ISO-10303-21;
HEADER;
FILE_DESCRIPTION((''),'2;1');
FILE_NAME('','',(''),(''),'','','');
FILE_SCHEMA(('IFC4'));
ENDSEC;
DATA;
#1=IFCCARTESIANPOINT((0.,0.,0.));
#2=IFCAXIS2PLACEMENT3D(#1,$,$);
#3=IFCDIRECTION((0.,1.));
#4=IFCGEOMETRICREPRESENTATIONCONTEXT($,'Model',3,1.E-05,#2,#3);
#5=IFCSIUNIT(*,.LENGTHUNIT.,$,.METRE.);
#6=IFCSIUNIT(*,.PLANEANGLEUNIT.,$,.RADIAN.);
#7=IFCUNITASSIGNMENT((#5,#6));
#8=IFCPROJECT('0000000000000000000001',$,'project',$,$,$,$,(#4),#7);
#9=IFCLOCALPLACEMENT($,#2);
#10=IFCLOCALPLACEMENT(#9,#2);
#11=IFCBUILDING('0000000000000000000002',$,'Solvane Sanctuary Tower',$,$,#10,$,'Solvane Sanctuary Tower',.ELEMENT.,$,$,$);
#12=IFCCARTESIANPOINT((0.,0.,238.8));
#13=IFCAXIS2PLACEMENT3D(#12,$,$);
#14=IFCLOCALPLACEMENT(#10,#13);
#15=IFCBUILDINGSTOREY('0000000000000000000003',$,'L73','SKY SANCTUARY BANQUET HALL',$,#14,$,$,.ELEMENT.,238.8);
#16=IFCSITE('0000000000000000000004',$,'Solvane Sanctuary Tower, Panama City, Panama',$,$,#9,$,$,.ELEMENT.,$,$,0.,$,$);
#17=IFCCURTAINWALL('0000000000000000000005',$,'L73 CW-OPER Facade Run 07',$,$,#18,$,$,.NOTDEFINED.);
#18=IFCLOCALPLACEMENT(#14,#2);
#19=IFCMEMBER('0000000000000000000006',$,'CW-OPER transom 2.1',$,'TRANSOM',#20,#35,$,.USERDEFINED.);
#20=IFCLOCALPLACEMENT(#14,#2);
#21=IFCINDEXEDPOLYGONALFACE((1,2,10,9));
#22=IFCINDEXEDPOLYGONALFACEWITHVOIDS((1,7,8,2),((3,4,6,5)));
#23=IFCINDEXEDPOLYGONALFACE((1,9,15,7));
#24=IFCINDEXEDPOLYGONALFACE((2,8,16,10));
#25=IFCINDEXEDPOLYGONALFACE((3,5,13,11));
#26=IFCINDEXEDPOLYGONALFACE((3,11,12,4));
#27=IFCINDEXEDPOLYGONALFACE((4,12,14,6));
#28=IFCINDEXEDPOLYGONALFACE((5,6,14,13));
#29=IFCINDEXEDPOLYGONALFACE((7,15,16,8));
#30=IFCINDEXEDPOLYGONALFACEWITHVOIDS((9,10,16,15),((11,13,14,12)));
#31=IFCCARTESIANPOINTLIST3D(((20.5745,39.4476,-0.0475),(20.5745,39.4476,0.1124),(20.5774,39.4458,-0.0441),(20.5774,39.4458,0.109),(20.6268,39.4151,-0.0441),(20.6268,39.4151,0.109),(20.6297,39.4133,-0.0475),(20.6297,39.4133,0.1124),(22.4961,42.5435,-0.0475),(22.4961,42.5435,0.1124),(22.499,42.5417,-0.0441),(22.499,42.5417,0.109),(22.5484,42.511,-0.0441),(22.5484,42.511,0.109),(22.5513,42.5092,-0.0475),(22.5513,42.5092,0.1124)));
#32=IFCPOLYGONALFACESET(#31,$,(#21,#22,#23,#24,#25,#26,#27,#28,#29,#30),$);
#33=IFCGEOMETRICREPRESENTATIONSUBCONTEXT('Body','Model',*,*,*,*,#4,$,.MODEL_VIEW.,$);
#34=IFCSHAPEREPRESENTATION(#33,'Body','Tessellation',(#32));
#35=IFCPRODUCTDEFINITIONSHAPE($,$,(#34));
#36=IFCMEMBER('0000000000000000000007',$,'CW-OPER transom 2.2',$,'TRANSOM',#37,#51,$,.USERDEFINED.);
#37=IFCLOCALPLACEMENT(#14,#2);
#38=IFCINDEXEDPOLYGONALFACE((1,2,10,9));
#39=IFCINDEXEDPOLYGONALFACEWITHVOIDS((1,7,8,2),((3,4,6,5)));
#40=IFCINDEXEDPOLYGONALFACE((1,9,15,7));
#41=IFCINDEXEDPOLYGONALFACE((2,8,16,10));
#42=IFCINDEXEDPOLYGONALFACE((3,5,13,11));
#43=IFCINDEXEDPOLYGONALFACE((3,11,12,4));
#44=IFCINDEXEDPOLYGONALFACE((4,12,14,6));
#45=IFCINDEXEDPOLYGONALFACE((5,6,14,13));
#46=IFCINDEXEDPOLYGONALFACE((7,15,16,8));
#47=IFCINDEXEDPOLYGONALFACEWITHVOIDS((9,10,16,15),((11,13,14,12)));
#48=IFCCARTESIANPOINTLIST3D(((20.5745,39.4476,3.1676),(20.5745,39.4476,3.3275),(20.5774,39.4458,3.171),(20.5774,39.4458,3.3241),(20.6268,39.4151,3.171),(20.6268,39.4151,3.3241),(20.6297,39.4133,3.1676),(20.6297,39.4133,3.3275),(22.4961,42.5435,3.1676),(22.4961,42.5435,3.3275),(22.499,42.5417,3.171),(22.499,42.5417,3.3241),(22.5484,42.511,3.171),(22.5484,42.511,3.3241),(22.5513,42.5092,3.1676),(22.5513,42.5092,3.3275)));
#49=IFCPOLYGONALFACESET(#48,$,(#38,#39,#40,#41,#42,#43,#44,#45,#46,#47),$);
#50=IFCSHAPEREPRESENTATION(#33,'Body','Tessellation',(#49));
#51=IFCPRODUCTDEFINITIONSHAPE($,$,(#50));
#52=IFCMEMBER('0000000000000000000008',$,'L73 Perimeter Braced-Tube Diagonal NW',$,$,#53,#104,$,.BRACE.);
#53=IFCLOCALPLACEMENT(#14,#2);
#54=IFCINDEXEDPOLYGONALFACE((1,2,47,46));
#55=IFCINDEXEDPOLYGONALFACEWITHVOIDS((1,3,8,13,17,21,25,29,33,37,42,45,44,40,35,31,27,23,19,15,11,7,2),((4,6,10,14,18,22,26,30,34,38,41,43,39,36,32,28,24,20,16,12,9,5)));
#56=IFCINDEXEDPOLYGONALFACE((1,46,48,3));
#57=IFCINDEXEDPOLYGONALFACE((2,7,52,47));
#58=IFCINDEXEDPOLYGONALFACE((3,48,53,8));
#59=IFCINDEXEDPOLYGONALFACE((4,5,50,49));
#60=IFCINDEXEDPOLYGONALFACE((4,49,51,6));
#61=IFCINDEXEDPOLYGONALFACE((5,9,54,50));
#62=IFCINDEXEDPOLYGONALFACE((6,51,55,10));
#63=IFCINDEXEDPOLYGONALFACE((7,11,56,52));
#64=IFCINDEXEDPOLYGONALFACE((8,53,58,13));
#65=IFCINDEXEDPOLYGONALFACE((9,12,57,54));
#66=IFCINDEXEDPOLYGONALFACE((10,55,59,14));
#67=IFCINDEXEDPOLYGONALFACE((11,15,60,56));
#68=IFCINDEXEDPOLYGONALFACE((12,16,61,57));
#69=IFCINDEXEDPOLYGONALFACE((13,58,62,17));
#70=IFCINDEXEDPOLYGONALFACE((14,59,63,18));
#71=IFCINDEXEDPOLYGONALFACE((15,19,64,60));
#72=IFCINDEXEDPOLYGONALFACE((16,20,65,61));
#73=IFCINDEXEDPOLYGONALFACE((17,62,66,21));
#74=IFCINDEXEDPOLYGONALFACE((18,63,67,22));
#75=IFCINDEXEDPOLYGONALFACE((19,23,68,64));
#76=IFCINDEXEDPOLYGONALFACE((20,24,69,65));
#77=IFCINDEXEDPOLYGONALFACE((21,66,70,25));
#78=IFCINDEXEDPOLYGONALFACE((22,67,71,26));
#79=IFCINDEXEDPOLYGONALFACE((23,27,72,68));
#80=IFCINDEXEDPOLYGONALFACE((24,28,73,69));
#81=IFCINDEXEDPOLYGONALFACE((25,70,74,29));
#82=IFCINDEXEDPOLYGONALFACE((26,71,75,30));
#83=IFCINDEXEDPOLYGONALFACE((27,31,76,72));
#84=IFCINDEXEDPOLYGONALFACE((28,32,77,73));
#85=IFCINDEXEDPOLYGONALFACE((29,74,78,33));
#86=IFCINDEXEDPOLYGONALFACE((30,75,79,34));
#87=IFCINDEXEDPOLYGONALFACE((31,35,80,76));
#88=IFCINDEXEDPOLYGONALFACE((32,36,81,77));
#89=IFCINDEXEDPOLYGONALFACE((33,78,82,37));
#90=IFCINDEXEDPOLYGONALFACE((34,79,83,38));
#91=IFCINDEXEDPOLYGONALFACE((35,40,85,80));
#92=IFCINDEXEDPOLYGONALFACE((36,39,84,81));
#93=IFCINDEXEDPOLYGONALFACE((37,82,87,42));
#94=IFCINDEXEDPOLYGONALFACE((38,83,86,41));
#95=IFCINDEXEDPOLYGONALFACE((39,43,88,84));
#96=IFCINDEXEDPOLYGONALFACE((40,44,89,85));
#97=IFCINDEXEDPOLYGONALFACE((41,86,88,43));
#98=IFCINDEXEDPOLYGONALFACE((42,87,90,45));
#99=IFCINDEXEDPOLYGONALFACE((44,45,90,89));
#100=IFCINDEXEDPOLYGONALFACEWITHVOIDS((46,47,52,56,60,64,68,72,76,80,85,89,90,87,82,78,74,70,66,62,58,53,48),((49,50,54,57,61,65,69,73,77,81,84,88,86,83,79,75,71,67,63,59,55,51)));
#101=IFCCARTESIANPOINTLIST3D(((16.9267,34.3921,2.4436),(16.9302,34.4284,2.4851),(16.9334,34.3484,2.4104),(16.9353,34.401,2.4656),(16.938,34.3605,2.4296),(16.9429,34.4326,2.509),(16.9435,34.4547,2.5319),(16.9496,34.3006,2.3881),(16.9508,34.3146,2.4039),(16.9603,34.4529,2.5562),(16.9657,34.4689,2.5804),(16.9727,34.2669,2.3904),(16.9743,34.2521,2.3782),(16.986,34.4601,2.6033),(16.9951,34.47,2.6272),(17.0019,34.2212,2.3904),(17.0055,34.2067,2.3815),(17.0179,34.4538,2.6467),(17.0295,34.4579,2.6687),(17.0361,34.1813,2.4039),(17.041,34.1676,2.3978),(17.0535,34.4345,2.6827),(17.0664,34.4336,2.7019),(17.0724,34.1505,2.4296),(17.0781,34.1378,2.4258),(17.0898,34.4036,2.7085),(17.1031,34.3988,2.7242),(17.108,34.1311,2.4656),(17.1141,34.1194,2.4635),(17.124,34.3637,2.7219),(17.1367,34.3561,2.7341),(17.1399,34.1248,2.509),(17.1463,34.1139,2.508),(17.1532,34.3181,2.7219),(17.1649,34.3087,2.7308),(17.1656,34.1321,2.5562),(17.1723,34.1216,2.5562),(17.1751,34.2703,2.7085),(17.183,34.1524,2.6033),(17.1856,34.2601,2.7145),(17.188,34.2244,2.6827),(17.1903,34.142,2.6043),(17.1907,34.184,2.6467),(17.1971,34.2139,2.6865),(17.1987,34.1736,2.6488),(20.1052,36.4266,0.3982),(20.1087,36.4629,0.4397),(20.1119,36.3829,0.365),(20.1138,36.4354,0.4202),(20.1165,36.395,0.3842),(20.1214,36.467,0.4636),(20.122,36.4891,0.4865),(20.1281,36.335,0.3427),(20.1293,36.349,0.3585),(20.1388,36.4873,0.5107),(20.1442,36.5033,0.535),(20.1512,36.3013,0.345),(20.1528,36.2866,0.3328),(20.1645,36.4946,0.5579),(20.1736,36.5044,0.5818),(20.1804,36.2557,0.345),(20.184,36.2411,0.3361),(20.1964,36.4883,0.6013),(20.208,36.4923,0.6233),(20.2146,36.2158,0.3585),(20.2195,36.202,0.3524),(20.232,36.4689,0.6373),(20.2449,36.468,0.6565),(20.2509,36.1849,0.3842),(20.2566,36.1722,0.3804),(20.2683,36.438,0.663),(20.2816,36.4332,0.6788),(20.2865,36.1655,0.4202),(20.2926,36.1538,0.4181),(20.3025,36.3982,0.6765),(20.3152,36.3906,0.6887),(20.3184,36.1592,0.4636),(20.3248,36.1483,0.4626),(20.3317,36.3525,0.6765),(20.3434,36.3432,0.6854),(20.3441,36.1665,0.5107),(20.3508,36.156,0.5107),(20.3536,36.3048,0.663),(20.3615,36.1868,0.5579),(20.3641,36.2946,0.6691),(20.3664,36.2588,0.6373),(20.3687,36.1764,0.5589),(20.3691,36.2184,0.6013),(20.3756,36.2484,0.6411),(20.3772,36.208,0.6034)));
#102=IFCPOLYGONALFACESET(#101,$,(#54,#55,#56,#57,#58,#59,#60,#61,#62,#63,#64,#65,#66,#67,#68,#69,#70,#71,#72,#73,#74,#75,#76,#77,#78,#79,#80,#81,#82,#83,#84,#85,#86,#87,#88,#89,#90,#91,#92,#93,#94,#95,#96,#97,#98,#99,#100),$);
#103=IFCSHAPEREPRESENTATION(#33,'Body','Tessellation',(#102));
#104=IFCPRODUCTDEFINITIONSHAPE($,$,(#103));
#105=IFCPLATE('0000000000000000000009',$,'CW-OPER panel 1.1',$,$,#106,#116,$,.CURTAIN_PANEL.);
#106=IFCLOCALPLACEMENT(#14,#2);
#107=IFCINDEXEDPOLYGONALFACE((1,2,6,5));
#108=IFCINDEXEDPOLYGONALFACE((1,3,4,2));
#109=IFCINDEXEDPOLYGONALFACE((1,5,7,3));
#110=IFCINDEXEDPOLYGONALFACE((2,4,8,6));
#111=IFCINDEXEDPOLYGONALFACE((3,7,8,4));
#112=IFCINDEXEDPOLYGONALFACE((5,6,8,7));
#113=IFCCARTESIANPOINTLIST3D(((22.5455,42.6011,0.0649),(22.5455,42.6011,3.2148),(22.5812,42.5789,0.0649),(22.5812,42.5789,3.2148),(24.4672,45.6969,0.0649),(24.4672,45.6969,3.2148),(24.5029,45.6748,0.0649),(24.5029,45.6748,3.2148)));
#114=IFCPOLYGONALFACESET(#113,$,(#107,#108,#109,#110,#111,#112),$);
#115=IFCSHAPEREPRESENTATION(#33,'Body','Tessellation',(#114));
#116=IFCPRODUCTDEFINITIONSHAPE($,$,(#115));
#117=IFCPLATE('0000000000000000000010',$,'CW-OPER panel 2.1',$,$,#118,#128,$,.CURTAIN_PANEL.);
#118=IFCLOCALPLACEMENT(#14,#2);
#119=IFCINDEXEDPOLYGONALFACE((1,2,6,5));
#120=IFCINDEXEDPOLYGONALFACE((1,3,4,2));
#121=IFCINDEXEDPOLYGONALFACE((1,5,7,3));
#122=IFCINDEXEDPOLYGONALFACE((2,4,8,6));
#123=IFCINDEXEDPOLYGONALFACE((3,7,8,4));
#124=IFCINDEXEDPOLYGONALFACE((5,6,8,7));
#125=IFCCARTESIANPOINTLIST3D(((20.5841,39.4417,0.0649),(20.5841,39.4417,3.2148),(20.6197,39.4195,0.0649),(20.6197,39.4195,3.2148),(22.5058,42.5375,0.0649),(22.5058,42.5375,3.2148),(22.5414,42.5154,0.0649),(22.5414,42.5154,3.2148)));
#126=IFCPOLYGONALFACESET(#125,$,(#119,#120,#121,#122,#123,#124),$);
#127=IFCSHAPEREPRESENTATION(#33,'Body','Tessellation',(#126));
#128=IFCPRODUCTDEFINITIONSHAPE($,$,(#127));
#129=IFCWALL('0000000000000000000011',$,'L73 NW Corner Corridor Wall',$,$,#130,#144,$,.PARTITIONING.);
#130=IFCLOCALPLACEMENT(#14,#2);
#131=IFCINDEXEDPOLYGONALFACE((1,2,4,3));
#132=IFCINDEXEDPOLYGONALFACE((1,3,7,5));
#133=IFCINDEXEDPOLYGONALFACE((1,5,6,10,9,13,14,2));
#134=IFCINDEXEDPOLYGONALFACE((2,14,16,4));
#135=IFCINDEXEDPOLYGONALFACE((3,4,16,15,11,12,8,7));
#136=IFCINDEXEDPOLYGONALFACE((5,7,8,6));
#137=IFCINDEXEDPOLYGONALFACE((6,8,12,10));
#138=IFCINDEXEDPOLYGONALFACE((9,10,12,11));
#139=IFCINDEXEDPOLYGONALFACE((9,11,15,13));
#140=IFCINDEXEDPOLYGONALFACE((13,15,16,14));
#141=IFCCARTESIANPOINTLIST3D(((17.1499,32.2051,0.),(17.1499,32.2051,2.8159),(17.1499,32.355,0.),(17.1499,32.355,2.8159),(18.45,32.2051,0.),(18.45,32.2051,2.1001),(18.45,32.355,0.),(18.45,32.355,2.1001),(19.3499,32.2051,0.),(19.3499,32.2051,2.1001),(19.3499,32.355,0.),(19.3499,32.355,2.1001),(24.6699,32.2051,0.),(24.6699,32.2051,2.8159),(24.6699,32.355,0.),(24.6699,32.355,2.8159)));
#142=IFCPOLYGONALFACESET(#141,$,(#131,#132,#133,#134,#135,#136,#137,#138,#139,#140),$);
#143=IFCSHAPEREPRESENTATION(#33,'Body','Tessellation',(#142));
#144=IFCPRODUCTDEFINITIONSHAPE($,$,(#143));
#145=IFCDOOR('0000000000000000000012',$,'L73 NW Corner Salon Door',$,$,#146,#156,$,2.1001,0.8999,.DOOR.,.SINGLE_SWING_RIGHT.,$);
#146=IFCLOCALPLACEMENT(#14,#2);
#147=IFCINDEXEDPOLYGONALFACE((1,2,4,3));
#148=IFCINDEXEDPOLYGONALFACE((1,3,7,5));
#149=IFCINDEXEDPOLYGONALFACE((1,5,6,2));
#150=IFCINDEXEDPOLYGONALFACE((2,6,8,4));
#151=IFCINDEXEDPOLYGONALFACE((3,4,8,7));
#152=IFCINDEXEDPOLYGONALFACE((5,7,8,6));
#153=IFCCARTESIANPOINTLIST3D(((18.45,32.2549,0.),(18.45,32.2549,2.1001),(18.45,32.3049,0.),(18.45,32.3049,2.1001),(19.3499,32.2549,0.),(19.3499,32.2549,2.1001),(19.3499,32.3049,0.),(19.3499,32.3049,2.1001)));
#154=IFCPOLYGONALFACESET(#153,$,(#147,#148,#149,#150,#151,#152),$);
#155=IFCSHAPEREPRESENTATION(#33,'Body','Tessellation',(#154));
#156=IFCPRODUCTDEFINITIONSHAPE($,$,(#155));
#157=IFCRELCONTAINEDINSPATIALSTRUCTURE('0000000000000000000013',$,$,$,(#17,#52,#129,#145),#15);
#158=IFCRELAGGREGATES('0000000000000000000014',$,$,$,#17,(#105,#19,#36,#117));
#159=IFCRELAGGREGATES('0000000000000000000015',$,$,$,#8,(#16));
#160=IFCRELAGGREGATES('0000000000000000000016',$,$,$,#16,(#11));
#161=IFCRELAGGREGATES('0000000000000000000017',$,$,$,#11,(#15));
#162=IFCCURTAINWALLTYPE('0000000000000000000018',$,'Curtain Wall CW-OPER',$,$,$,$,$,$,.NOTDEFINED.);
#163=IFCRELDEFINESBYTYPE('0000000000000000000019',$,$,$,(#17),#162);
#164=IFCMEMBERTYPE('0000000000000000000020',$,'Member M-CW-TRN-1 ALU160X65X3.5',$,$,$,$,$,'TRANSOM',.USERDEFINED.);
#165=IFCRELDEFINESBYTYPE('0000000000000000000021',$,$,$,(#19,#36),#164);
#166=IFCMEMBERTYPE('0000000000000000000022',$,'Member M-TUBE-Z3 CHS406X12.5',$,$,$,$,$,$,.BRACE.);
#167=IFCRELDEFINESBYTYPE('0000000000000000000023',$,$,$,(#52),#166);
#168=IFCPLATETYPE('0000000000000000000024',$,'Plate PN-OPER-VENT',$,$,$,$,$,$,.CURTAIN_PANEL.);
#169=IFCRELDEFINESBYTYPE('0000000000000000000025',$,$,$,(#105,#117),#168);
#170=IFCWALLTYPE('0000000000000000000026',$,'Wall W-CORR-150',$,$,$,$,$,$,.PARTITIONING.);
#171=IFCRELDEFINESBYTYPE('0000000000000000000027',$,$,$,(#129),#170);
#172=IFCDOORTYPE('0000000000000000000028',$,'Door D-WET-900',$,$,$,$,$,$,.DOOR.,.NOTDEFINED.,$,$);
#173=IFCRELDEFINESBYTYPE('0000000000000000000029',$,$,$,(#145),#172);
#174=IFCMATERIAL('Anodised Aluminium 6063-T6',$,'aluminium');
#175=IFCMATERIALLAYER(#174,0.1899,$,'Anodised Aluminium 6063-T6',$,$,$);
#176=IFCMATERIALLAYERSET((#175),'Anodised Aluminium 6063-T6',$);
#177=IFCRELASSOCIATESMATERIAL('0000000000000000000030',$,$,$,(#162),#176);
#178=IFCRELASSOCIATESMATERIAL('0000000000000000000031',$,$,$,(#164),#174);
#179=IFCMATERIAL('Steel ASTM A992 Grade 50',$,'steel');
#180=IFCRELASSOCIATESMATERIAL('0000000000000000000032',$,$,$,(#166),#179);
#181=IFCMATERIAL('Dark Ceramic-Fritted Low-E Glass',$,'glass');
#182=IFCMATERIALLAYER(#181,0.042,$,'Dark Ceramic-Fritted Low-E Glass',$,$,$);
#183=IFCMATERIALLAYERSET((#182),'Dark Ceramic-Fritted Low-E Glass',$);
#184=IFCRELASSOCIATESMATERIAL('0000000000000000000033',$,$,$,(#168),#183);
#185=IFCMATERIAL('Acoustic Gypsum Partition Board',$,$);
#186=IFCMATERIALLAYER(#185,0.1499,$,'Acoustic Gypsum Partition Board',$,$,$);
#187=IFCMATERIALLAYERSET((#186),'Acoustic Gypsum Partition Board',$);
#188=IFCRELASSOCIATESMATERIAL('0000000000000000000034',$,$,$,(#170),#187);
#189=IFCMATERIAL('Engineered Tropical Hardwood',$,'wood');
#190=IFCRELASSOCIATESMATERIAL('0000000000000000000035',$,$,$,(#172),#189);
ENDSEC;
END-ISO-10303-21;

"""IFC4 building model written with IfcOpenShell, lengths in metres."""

from ifc_helpers import new_model, si_unit, direction, frame, frame_2d, origin, origin_2d, place, context, subcontext, project, spatial, rectangle, hollow_rectangle, hollow_circle, extrude, material, layer, layer_set, material_profile, profile_set, type_object, element, fill, aggregate, save


model = new_model("IFC4")

# Units and contexts
model_context = context("Model", 3, precision=1e-05, world=origin(), true_north=direction((0.0, 1.0)))
body_context = subcontext(model_context, "Body", "Model", "MODEL_VIEW")
ifc_project = project(units=[si_unit("LENGTHUNIT", "METRE"), si_unit("PLANEANGLEUNIT", "RADIAN")], contexts=[model_context])

# Site, building, storey
site_placement = place(None, origin())
site = spatial("IfcSite", under=ifc_project, at=site_placement, Name="Solvane Sanctuary Tower, Panama City, Panama", CompositionType="ELEMENT", RefElevation=0.0)
building_placement = place(site_placement, origin())
building = spatial("IfcBuilding", under=site, at=building_placement, Name="Solvane Sanctuary Tower", LongName="Solvane Sanctuary Tower", CompositionType="ELEMENT")
storey_placement = place(building_placement, frame((0.0, 0.0, 238.8)))
storey = spatial("IfcBuildingStorey", under=building, at=storey_placement, Name="L73", Description="SKY SANCTUARY BANQUET HALL", CompositionType="ELEMENT", Elevation=238.8)

# Shared definitions
ifc_material_1 = material(Name="Steel ASTM A992 Grade 50", Category="steel")

# Curtain wall, members
ifc_material_2 = material(Name="Anodised Aluminium 6063-T6", Category="aluminium")
ifc_layer_1 = layer(ifc_material_2, 0.1899, Name="Anodised Aluminium 6063-T6")
ifc_layer_set_1 = layer_set([ifc_layer_1], Name="Anodised Aluminium 6063-T6")
curtain_wall_type = type_object("IfcCurtainWallType", Name="Curtain Wall CW-OPER", PredefinedType="NOTDEFINED", material=ifc_layer_set_1)
curtain_wall_placement = place(storey_placement, origin())
curtain_wall = element("IfcCurtainWall", 1, at=curtain_wall_placement, inside=storey, type_object=curtain_wall_type, Name="L73 CW-OPER Facade Run 07", PredefinedType="NOTDEFINED")
ifc_material_profile_1 = material_profile(ifc_material_2, hollow_rectangle(XDim=0.0649, YDim=0.1599, WallThickness=0.0034, at=origin_2d()), Name="ALU160X65X3.5")
ifc_profile_set_1 = profile_set([ifc_material_profile_1], Name="Anodised Aluminium 6063-T6")
member_type_1 = type_object("IfcMemberType", Name="Member M-CW-TRN-1 ALU160X65X3.5", ElementType="TRANSOM", PredefinedType="USERDEFINED", material=ifc_profile_set_1)
member_1_placement = place(storey_placement, frame((22.5237, 42.5264, 0.0325), z_axis=(-0.527365, -0.849639, 0.0), x_axis=(0.849639, -0.527365, 0.0)))
member_1 = element("IfcMember", 2, at=member_1_placement, type_object=member_type_1, Name="CW-OPER transom 2.1", ObjectType="TRANSOM", PredefinedType="USERDEFINED", context=body_context, shape_type="SweptSolid", body=[
    extrude(hollow_rectangle(XDim=0.0649, YDim=0.1599, WallThickness=0.0034, at=origin_2d()), origin(), (0.0, 0.0, 1.0), 3.6438),
])
member_2_placement = place(storey_placement, frame((22.5237, 42.5264, 3.2476), z_axis=(-0.527365, -0.849639, 0.0), x_axis=(0.849639, -0.527365, 0.0)))
member_2 = element("IfcMember", 3, at=member_2_placement, type_object=member_type_1, Name="CW-OPER transom 2.2", ObjectType="TRANSOM", PredefinedType="USERDEFINED", context=body_context, shape_type="SweptSolid", body=[
    extrude(hollow_rectangle(XDim=0.0649, YDim=0.1599, WallThickness=0.0034, at=origin_2d()), origin(), (0.0, 0.0, 1.0), 3.6438),
])

# Member
ifc_material_profile_2 = material_profile(ifc_material_1, hollow_circle(Radius=0.2029, WallThickness=0.0125, at=origin_2d()), Name="CHS406X12.5")
ifc_profile_set_2 = profile_set([ifc_material_profile_2], Name="Steel ASTM A992 Grade 50")
member_type_2 = type_object("IfcMemberType", Name="Member M-TUBE-Z3 CHS406X12.5", PredefinedType="BRACE", material=ifc_profile_set_2)
member_3_placement = place(storey_placement, frame((20.2415, 36.3269, 0.5107), z_axis=(-0.740476, -0.473953, 0.476512), x_axis=(0.539092, -0.842247, 0.0)))
element("IfcMember", 4, at=member_3_placement, inside=storey, type_object=member_type_2, Name="L73 Perimeter Braced-Tube Diagonal NW", PredefinedType="BRACE", context=body_context, shape_type="SweptSolid", body=[
    extrude(hollow_circle(Radius=0.2029, WallThickness=0.0125, at=origin_2d()), origin(), (0.0, 0.0, 1.0), 4.2925),
])

# Plates
ifc_material_3 = material(Name="Dark Ceramic-Fritted Low-E Glass", Category="glass")
ifc_layer_2 = layer(ifc_material_3, 0.042, Name="Dark Ceramic-Fritted Low-E Glass")
ifc_layer_set_2 = layer_set([ifc_layer_2], Name="Dark Ceramic-Fritted Low-E Glass")
plate_type = type_object("IfcPlateType", Name="Plate PN-OPER-VENT", PredefinedType="CURTAIN_PANEL", material=ifc_layer_set_2)
plate_1_placement = place(storey_placement, frame((23.5242, 44.1379, 0.0649), z_axis=(0.0, 0.0, 1.0), x_axis=(-0.527392, -0.849622, 0.0)))
plate_1 = element("IfcPlate", 5, at=plate_1_placement, type_object=plate_type, Name="CW-OPER panel 1.1", PredefinedType="CURTAIN_PANEL", context=body_context, shape_type="SweptSolid", body=[
    extrude(rectangle(XDim=3.6438, YDim=0.042, at=origin_2d()), origin(), (0.0, 0.0, 1.0), 3.1499),
])
plate_2_placement = place(storey_placement, frame((21.5627, 40.9785, 0.0649), z_axis=(0.0, 0.0, 1.0), x_axis=(-0.527392, -0.849622, 0.0)))
plate_2 = element("IfcPlate", 6, at=plate_2_placement, type_object=plate_type, Name="CW-OPER panel 2.1", PredefinedType="CURTAIN_PANEL", context=body_context, shape_type="SweptSolid", body=[
    extrude(rectangle(XDim=3.6438, YDim=0.042, at=origin_2d()), origin(), (0.0, 0.0, 1.0), 3.1499),
])
aggregate(curtain_wall, [plate_1, member_1, member_2, plate_2])

# Wall, opening, door
ifc_material_4 = material(Name="Acoustic Gypsum Partition Board")
ifc_layer_3 = layer(ifc_material_4, 0.1499, Name="Acoustic Gypsum Partition Board")
ifc_layer_set_3 = layer_set([ifc_layer_3], Name="Acoustic Gypsum Partition Board")
wall_type_1 = type_object("IfcWallType", Name="Wall W-CORR-150", PredefinedType="PARTITIONING", material=ifc_layer_set_3)
wall_1_placement = place(storey_placement, frame((17.1499, 32.28, 0.0), z_axis=(0.0, 0.0, 1.0), x_axis=(1.0, 0.0, 0.0)))
wall_1 = element("IfcWall", 7, at=wall_1_placement, inside=storey, type_object=wall_type_1, Name="L73 NW Corner Corridor Wall", PredefinedType="PARTITIONING", context=body_context, shape_type="SweptSolid", body=[
    extrude(rectangle(XDim=7.52, YDim=0.1499, at=frame_2d((3.76, 0.0))), origin(), (0.0, 0.0, 1.0), 2.8159),
])
opening_1_placement = place(wall_1_placement, frame((1.3, 0.0, 0.0)))
opening_1 = element("IfcOpeningElement", 8, at=opening_1_placement, cuts=wall_1, PredefinedType="OPENING", context=body_context, shape_type="SweptSolid", body=[
    extrude(rectangle(XDim=0.8999, YDim=2.1001, at=frame_2d((0.45, 1.05))), frame((0.0, 0.085, 0.0), z_axis=(0.0, -1.0, 0.0), x_axis=(1.0, 0.0, 0.0)), (0.0, 0.0, 1.0), 0.1699),
])
ifc_material_5 = material(Name="Engineered Tropical Hardwood", Category="wood")
door_type_1 = type_object("IfcDoorType", Name="Door D-WET-900", OperationType="NOTDEFINED", PredefinedType="DOOR", material=ifc_material_5)
door_1_placement = place(opening_1_placement, origin())
door_1 = element("IfcDoor", 9, at=door_1_placement, inside=storey, type_object=door_type_1, Name="L73 NW Corner Salon Door", OperationType="SINGLE_SWING_RIGHT", OverallHeight=2.1001, OverallWidth=0.8999, PredefinedType="DOOR", context=body_context, shape_type="SweptSolid", body=[
    extrude(rectangle(XDim=0.8999, YDim=2.1001, at=frame_2d((0.45, 1.05))), frame((0.0, 0.0249, 0.0), z_axis=(0.0, -1.0, 0.0), x_axis=(1.0, 0.0, 0.0)), (0.0, 0.0, 1.0), 0.05),
])
fill(opening_1, door_1)

save(model, "model.ifc")
